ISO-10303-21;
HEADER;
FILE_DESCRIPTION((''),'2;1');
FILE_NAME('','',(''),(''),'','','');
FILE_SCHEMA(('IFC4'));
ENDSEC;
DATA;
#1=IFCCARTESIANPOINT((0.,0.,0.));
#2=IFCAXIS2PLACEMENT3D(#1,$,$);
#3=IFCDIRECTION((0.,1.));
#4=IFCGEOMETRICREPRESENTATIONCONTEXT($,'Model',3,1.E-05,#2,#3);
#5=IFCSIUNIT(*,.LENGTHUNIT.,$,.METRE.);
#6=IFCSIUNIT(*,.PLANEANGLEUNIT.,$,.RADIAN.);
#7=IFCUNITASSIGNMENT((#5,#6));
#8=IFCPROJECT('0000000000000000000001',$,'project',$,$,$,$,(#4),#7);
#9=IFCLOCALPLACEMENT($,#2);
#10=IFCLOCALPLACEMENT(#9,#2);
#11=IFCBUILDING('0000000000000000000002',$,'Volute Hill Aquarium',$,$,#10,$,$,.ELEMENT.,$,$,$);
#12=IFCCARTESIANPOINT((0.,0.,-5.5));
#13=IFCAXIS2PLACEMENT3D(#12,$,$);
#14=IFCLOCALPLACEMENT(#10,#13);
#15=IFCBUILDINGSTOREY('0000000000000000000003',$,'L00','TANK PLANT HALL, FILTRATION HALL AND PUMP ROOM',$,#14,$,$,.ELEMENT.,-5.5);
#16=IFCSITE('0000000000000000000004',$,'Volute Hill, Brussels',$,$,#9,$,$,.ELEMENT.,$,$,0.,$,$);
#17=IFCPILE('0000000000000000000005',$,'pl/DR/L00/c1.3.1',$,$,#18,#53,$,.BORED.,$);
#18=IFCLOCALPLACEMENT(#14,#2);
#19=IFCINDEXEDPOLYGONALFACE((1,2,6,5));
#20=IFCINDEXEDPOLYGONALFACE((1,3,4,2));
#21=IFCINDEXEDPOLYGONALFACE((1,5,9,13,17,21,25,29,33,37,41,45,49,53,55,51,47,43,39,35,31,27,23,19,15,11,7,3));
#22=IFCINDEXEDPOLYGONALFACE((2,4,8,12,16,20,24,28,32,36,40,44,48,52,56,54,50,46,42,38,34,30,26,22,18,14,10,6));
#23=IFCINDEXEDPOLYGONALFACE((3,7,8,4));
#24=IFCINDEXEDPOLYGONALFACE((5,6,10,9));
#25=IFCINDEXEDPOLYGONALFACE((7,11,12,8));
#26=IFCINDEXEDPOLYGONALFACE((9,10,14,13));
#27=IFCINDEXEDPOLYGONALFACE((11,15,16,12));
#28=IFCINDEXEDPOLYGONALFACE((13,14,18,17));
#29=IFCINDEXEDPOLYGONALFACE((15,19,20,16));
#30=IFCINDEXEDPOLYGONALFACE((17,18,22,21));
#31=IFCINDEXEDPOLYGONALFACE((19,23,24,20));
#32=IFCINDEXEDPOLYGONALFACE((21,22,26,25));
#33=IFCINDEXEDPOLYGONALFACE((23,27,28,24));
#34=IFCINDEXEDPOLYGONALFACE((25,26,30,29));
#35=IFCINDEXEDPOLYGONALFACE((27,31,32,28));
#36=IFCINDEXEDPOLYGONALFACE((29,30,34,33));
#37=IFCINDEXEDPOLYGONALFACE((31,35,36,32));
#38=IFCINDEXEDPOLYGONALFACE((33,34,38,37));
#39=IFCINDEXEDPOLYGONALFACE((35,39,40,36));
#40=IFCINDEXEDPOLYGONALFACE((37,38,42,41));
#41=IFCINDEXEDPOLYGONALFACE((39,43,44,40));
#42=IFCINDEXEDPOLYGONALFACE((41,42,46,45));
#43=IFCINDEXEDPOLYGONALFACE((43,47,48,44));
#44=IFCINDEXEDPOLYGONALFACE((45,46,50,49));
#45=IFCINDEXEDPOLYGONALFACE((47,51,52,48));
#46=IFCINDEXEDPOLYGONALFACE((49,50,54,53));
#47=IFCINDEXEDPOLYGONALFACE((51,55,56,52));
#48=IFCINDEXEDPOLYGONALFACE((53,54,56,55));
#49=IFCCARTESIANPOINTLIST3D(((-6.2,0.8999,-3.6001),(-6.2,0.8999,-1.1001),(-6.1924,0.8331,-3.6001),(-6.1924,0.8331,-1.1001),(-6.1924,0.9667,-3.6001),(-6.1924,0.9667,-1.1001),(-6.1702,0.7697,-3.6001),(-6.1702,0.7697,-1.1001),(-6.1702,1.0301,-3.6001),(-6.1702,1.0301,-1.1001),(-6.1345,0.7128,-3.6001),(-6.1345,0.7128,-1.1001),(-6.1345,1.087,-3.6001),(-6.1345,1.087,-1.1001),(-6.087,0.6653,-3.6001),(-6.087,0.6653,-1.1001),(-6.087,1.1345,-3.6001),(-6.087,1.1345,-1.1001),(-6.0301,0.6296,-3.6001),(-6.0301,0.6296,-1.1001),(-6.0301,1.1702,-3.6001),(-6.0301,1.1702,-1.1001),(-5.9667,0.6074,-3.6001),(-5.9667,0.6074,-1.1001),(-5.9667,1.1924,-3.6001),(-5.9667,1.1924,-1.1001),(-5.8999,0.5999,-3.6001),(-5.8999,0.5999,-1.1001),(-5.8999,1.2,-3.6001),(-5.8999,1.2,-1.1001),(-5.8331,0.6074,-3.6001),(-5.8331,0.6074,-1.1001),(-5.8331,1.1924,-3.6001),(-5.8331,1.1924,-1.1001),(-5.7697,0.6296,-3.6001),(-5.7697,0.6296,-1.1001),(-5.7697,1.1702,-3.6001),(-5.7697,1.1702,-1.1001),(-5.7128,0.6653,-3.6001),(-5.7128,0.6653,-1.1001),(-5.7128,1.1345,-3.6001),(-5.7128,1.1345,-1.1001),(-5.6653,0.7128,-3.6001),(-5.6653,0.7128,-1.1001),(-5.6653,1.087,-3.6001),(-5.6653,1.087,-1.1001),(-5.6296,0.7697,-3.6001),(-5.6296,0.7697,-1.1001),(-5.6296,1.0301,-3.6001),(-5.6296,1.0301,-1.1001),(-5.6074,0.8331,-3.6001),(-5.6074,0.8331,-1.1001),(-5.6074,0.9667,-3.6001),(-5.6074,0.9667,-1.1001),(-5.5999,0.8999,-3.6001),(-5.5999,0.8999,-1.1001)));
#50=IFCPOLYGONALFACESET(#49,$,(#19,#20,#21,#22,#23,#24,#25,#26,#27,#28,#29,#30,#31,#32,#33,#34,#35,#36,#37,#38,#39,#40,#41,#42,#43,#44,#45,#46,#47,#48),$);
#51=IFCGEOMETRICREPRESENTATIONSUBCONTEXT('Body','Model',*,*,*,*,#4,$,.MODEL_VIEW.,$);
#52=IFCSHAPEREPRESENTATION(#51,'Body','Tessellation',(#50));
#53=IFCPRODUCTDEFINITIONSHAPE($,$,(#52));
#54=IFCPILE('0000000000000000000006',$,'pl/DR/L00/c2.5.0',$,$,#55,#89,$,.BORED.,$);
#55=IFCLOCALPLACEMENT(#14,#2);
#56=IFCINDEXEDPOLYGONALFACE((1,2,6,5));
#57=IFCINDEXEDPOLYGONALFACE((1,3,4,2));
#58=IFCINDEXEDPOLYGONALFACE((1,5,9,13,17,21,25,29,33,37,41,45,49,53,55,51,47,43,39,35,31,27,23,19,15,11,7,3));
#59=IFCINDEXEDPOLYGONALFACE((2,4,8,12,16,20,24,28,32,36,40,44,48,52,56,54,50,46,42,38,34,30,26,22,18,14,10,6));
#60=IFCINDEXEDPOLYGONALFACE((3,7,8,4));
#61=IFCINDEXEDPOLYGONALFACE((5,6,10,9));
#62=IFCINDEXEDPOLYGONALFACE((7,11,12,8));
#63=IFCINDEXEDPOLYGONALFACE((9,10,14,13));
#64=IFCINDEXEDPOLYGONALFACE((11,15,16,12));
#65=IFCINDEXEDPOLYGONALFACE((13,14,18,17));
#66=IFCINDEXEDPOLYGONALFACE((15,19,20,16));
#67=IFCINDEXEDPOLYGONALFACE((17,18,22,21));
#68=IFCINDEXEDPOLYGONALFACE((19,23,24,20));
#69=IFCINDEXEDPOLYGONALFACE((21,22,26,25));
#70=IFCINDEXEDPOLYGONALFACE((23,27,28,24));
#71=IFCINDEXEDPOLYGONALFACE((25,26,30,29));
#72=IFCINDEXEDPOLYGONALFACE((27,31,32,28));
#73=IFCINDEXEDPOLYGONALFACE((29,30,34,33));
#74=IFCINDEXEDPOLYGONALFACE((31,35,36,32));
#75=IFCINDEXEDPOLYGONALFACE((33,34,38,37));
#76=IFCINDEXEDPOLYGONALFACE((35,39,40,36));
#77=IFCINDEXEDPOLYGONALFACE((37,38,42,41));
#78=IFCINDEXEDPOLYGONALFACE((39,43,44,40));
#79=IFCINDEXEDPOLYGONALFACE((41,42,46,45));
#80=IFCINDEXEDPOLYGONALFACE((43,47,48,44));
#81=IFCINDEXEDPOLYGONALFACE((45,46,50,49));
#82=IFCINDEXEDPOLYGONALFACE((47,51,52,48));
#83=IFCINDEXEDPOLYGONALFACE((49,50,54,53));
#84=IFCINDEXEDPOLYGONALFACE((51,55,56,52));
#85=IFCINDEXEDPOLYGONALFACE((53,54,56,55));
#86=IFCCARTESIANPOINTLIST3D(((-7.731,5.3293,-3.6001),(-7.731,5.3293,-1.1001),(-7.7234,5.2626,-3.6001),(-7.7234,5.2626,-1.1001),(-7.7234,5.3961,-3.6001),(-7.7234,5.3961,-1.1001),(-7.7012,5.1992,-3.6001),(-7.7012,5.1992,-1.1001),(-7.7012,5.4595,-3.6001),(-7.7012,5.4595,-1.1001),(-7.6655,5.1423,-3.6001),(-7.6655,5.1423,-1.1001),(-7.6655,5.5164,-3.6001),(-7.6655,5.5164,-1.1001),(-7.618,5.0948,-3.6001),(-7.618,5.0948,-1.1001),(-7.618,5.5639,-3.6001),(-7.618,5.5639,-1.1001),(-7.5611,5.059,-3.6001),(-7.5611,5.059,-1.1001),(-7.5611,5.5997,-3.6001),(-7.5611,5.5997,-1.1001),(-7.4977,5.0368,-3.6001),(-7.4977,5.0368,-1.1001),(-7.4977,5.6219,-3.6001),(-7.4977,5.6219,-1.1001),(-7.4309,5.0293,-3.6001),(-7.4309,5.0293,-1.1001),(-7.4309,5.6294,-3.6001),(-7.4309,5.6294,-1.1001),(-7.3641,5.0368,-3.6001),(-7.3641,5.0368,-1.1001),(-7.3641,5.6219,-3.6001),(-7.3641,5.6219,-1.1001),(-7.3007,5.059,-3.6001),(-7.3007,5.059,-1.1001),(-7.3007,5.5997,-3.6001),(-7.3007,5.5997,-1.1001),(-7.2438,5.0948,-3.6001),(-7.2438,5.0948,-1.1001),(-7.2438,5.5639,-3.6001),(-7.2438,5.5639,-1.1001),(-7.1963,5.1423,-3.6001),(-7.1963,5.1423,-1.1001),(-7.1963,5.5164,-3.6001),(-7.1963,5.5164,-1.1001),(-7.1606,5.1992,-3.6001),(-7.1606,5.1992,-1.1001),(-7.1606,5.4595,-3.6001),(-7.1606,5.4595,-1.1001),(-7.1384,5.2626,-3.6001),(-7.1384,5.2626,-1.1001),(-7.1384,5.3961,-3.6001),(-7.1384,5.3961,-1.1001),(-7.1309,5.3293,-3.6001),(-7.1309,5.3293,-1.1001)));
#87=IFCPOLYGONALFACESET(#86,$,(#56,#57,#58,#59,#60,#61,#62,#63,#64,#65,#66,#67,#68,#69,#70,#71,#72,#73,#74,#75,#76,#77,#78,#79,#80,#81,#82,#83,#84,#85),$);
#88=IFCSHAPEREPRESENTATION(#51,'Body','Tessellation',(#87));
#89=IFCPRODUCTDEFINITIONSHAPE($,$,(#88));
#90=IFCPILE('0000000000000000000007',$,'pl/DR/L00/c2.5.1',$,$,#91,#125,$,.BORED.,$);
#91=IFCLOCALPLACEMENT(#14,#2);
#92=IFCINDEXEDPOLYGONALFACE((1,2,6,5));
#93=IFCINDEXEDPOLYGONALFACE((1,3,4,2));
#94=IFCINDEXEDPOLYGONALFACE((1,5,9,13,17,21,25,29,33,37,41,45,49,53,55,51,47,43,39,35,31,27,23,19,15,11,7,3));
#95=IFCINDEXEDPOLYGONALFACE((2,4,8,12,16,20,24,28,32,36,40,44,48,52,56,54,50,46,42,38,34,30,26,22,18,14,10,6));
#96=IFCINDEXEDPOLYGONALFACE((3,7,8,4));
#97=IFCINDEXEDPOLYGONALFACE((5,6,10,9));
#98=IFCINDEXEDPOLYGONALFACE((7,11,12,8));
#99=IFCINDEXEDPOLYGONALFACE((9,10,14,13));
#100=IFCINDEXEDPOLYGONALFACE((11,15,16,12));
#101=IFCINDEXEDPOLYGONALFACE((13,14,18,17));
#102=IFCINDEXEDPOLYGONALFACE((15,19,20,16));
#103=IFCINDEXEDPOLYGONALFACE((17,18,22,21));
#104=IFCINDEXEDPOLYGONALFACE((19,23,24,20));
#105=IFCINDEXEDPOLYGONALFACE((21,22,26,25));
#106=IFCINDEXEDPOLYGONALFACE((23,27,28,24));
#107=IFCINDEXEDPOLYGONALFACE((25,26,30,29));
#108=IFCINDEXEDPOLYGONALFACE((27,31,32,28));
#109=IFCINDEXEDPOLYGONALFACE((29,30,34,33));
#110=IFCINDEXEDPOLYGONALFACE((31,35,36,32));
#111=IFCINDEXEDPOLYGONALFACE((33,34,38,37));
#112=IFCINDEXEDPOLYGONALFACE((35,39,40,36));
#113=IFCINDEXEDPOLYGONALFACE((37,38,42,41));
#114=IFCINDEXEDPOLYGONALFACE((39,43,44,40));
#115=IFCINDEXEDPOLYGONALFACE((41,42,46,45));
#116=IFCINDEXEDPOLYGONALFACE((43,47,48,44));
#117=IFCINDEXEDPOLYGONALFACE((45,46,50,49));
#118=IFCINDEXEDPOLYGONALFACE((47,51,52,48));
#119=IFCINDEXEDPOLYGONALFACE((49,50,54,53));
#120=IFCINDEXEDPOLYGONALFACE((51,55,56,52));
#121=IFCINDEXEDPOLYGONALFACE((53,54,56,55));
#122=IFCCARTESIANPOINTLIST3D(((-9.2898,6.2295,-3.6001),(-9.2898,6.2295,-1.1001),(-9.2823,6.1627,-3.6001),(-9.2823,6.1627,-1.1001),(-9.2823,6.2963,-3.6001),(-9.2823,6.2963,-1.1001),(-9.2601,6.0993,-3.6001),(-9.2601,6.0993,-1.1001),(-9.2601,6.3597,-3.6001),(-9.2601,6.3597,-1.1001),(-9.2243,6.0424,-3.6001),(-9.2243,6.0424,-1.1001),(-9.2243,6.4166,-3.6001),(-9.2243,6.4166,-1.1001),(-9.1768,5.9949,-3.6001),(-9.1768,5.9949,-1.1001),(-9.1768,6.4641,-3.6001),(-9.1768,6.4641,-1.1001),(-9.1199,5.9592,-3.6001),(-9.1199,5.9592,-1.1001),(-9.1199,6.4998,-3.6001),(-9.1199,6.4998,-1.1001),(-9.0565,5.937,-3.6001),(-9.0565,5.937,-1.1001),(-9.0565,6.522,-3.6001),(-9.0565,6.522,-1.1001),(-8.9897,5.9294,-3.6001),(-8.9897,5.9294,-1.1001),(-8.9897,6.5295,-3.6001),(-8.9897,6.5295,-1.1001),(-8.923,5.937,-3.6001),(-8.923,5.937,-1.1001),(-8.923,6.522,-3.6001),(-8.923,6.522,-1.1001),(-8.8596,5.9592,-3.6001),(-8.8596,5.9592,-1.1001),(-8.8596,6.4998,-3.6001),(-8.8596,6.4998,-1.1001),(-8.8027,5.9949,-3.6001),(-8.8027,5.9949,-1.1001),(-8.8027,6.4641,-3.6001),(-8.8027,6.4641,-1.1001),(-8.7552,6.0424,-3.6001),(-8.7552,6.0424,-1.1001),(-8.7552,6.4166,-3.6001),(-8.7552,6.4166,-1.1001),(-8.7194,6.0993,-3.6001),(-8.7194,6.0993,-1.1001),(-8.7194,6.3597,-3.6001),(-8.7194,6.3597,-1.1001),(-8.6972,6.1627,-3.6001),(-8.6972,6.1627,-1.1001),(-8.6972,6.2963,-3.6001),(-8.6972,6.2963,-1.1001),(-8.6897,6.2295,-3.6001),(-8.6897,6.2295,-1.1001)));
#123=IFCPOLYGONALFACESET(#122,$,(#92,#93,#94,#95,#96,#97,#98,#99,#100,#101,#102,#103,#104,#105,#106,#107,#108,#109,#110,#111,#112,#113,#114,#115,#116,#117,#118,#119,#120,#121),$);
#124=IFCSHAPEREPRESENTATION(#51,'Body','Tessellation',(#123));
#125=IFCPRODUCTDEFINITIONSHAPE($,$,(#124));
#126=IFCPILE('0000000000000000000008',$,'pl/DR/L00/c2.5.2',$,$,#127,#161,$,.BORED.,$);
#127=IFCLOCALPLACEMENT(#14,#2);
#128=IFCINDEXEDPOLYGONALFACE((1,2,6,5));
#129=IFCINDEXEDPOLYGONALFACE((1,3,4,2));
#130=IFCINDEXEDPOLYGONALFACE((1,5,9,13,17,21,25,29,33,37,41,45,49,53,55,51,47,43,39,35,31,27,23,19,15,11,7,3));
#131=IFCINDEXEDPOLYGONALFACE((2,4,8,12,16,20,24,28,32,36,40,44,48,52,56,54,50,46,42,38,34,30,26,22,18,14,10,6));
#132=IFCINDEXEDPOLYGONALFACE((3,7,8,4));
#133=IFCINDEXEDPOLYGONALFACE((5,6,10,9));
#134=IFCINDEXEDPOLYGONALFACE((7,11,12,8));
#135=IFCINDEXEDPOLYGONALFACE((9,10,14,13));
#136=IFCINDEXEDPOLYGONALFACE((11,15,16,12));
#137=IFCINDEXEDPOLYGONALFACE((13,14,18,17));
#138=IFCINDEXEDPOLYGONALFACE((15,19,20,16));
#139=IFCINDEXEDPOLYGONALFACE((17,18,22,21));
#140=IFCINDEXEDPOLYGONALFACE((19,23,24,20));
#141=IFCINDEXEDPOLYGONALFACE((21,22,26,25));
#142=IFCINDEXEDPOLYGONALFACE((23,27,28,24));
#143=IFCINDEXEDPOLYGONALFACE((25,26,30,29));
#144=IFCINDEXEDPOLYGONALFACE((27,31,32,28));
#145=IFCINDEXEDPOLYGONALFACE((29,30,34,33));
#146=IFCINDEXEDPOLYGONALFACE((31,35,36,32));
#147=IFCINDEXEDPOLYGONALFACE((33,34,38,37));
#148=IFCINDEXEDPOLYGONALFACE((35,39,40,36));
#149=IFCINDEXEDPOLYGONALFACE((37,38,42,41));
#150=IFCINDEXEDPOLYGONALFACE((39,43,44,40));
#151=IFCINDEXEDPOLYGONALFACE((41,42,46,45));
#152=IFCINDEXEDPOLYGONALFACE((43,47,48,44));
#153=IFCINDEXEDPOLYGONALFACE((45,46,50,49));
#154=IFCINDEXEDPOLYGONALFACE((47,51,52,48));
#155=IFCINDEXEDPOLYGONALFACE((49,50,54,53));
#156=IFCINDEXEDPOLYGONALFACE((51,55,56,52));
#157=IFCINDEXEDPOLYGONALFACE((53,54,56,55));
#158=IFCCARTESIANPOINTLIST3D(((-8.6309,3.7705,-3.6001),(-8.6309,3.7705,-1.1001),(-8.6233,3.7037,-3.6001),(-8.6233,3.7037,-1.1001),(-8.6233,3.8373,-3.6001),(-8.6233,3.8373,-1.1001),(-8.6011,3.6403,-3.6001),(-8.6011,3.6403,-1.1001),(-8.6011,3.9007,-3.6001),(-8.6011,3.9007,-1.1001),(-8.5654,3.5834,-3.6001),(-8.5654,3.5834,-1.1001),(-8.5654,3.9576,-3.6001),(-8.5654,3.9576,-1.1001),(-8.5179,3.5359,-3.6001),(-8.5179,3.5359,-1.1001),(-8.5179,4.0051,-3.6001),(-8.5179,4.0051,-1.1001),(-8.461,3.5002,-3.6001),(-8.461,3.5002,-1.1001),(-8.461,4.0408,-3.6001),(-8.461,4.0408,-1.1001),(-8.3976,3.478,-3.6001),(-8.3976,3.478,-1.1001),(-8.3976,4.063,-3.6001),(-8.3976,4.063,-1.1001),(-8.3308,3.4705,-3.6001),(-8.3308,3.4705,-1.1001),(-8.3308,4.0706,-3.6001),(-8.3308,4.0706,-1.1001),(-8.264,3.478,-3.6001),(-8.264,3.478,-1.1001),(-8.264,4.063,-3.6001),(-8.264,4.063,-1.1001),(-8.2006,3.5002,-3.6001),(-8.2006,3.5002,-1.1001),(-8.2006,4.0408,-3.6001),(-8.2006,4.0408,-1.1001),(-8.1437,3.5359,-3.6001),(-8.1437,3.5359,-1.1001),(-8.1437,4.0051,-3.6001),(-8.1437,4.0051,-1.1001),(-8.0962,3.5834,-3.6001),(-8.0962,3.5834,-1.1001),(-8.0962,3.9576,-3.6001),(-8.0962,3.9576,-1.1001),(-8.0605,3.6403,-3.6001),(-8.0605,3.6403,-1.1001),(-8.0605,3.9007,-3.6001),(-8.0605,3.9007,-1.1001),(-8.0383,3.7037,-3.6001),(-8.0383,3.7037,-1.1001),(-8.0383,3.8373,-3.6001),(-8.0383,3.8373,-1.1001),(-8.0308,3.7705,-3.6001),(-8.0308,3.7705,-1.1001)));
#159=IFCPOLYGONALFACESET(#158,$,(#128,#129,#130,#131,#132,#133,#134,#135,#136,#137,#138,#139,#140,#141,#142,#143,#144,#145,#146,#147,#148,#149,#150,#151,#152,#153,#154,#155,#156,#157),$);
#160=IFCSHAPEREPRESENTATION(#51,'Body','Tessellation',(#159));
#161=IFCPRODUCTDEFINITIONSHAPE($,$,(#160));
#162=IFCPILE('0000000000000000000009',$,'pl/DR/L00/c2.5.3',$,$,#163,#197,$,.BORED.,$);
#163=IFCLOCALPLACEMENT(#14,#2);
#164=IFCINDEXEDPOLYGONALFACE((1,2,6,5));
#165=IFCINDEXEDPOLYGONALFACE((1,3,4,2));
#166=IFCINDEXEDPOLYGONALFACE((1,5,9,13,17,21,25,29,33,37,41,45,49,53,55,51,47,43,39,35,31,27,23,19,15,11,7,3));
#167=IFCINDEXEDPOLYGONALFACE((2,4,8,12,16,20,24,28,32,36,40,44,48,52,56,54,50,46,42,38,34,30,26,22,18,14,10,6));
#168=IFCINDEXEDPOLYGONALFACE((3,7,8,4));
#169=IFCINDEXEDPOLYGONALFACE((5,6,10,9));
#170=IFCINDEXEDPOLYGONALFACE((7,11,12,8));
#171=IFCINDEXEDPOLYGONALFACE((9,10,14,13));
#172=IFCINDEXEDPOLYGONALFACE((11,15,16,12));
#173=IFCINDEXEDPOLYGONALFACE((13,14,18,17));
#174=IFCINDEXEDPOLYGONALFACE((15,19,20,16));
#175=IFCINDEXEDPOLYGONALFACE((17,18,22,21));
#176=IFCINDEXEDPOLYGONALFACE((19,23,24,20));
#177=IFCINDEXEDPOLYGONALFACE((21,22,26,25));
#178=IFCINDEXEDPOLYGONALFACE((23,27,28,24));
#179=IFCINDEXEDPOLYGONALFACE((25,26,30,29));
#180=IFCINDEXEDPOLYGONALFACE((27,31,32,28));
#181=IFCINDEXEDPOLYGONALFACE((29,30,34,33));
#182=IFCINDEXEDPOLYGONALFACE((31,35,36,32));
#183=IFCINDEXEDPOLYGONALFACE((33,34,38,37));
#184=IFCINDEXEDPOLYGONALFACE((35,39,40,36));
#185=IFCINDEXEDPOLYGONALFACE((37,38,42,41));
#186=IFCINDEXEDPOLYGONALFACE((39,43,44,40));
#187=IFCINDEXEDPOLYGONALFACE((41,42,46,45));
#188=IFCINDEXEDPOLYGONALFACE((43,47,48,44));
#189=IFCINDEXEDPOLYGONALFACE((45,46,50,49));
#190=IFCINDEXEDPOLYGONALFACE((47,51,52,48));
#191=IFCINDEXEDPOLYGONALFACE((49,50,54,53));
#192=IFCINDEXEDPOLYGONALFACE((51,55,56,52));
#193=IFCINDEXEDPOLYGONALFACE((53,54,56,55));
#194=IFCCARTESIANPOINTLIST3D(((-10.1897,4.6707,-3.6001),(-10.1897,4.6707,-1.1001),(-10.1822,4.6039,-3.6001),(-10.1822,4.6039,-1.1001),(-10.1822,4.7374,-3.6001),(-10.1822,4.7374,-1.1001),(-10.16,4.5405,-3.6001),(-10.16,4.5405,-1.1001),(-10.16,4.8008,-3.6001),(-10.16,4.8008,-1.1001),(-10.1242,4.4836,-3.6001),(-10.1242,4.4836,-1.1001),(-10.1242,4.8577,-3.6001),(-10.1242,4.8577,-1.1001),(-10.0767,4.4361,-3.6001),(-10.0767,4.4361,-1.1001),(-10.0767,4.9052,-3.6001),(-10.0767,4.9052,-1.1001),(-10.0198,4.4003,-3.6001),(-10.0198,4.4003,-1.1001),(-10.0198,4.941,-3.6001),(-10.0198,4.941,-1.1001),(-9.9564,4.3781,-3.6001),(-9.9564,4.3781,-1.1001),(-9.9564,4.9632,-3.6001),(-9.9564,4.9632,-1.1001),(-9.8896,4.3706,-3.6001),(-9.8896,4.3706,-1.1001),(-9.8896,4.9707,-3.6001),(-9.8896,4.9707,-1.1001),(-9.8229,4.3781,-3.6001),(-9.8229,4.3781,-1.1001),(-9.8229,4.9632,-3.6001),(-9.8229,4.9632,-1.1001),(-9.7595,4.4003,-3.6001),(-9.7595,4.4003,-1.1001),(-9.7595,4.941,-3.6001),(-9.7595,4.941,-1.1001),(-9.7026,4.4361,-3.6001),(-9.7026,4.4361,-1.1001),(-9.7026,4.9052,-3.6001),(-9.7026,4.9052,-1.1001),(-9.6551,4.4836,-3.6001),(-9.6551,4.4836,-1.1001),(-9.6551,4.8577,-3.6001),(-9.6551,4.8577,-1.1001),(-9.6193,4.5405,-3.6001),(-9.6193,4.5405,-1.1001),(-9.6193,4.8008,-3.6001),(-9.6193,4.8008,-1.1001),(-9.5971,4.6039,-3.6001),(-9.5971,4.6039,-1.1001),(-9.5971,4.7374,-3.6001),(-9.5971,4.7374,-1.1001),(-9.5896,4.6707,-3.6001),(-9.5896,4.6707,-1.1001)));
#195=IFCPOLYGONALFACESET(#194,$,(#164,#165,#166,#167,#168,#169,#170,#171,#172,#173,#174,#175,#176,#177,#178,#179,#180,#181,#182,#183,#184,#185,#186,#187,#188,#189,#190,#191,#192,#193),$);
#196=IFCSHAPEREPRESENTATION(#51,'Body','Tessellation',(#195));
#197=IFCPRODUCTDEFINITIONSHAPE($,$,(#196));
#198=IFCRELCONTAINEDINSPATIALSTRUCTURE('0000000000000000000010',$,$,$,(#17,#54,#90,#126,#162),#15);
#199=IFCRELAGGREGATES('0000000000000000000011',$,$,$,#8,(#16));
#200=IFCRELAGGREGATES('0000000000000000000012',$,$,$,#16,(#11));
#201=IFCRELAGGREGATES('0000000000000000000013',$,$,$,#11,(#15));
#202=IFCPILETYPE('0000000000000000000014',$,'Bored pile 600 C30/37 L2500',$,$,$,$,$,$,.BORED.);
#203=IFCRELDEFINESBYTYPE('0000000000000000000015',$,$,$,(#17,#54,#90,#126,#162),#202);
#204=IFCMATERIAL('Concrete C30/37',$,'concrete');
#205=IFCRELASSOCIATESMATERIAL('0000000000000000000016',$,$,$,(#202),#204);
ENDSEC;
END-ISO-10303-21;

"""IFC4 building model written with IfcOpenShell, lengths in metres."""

from ifc_helpers import new_model, si_unit, direction, frame, origin, origin_2d, place, context, subcontext, project, spatial, circle, extrude, material, type_object, element, save


model = new_model("IFC4")

# Units and contexts
model_context = context("Model", 3, precision=1e-05, world=origin(), true_north=direction((0.0, 1.0)))
body_context = subcontext(model_context, "Body", "Model", "MODEL_VIEW")
ifc_project = project(units=[si_unit("LENGTHUNIT", "METRE"), si_unit("PLANEANGLEUNIT", "RADIAN")], contexts=[model_context])

# Site, building, storey
site_placement = place(None, origin())
site = spatial("IfcSite", under=ifc_project, at=site_placement, Name="Volute Hill, Brussels", CompositionType="ELEMENT", RefElevation=0.0)
building_placement = place(site_placement, origin())
building = spatial("IfcBuilding", under=site, at=building_placement, Name="Volute Hill Aquarium", CompositionType="ELEMENT")
storey_placement = place(building_placement, frame((0.0, 0.0, -5.5)))
storey = spatial("IfcBuildingStorey", under=building, at=storey_placement, Name="L00", Description="TANK PLANT HALL, FILTRATION HALL AND PUMP ROOM", CompositionType="ELEMENT", Elevation=-5.5)

# Piles
ifc_material_1 = material(Name="Concrete C30/37", Category="concrete")
pile_type = type_object("IfcPileType", Name="Bored pile 600 C30/37 L2500", PredefinedType="BORED", material=ifc_material_1)
for number, where, z_axis, x_axis, name in (
    (1, (-5.8999, 0.8999, -1.1001), (0.0, 0.0, -1.0), (1.0, 0.0, 0.0), "pl/DR/L00/c1.3.1"),
    (2, (-7.4309, 5.3293, -1.1001), (0.0, 0.0, -1.0), (1.0, 0.0, 0.0), "pl/DR/L00/c2.5.0"),
    (3, (-8.9897, 6.2295, -1.1001), (0.0, 0.0, -1.0), (1.0, 0.0, 0.0), "pl/DR/L00/c2.5.1"),
    (4, (-8.3308, 3.7705, -1.1001), (0.0, 0.0, -1.0), (1.0, 0.0, 0.0), "pl/DR/L00/c2.5.2"),
    (5, (-9.8896, 4.6707, -1.1001), (0.0, 0.0, -1.0), (1.0, 0.0, 0.0), "pl/DR/L00/c2.5.3"),
):
    element("IfcPile", number, at=place(storey_placement, frame(where, z_axis=z_axis, x_axis=x_axis)), inside=storey, type_object=pile_type, Name=name, PredefinedType="BORED", context=body_context, shape_type="SweptSolid", body=[
        extrude(circle(Radius=0.3, at=origin_2d()), origin(), (0.0, 0.0, 1.0), 2.5),
    ])

save(model, "model.ifc")
